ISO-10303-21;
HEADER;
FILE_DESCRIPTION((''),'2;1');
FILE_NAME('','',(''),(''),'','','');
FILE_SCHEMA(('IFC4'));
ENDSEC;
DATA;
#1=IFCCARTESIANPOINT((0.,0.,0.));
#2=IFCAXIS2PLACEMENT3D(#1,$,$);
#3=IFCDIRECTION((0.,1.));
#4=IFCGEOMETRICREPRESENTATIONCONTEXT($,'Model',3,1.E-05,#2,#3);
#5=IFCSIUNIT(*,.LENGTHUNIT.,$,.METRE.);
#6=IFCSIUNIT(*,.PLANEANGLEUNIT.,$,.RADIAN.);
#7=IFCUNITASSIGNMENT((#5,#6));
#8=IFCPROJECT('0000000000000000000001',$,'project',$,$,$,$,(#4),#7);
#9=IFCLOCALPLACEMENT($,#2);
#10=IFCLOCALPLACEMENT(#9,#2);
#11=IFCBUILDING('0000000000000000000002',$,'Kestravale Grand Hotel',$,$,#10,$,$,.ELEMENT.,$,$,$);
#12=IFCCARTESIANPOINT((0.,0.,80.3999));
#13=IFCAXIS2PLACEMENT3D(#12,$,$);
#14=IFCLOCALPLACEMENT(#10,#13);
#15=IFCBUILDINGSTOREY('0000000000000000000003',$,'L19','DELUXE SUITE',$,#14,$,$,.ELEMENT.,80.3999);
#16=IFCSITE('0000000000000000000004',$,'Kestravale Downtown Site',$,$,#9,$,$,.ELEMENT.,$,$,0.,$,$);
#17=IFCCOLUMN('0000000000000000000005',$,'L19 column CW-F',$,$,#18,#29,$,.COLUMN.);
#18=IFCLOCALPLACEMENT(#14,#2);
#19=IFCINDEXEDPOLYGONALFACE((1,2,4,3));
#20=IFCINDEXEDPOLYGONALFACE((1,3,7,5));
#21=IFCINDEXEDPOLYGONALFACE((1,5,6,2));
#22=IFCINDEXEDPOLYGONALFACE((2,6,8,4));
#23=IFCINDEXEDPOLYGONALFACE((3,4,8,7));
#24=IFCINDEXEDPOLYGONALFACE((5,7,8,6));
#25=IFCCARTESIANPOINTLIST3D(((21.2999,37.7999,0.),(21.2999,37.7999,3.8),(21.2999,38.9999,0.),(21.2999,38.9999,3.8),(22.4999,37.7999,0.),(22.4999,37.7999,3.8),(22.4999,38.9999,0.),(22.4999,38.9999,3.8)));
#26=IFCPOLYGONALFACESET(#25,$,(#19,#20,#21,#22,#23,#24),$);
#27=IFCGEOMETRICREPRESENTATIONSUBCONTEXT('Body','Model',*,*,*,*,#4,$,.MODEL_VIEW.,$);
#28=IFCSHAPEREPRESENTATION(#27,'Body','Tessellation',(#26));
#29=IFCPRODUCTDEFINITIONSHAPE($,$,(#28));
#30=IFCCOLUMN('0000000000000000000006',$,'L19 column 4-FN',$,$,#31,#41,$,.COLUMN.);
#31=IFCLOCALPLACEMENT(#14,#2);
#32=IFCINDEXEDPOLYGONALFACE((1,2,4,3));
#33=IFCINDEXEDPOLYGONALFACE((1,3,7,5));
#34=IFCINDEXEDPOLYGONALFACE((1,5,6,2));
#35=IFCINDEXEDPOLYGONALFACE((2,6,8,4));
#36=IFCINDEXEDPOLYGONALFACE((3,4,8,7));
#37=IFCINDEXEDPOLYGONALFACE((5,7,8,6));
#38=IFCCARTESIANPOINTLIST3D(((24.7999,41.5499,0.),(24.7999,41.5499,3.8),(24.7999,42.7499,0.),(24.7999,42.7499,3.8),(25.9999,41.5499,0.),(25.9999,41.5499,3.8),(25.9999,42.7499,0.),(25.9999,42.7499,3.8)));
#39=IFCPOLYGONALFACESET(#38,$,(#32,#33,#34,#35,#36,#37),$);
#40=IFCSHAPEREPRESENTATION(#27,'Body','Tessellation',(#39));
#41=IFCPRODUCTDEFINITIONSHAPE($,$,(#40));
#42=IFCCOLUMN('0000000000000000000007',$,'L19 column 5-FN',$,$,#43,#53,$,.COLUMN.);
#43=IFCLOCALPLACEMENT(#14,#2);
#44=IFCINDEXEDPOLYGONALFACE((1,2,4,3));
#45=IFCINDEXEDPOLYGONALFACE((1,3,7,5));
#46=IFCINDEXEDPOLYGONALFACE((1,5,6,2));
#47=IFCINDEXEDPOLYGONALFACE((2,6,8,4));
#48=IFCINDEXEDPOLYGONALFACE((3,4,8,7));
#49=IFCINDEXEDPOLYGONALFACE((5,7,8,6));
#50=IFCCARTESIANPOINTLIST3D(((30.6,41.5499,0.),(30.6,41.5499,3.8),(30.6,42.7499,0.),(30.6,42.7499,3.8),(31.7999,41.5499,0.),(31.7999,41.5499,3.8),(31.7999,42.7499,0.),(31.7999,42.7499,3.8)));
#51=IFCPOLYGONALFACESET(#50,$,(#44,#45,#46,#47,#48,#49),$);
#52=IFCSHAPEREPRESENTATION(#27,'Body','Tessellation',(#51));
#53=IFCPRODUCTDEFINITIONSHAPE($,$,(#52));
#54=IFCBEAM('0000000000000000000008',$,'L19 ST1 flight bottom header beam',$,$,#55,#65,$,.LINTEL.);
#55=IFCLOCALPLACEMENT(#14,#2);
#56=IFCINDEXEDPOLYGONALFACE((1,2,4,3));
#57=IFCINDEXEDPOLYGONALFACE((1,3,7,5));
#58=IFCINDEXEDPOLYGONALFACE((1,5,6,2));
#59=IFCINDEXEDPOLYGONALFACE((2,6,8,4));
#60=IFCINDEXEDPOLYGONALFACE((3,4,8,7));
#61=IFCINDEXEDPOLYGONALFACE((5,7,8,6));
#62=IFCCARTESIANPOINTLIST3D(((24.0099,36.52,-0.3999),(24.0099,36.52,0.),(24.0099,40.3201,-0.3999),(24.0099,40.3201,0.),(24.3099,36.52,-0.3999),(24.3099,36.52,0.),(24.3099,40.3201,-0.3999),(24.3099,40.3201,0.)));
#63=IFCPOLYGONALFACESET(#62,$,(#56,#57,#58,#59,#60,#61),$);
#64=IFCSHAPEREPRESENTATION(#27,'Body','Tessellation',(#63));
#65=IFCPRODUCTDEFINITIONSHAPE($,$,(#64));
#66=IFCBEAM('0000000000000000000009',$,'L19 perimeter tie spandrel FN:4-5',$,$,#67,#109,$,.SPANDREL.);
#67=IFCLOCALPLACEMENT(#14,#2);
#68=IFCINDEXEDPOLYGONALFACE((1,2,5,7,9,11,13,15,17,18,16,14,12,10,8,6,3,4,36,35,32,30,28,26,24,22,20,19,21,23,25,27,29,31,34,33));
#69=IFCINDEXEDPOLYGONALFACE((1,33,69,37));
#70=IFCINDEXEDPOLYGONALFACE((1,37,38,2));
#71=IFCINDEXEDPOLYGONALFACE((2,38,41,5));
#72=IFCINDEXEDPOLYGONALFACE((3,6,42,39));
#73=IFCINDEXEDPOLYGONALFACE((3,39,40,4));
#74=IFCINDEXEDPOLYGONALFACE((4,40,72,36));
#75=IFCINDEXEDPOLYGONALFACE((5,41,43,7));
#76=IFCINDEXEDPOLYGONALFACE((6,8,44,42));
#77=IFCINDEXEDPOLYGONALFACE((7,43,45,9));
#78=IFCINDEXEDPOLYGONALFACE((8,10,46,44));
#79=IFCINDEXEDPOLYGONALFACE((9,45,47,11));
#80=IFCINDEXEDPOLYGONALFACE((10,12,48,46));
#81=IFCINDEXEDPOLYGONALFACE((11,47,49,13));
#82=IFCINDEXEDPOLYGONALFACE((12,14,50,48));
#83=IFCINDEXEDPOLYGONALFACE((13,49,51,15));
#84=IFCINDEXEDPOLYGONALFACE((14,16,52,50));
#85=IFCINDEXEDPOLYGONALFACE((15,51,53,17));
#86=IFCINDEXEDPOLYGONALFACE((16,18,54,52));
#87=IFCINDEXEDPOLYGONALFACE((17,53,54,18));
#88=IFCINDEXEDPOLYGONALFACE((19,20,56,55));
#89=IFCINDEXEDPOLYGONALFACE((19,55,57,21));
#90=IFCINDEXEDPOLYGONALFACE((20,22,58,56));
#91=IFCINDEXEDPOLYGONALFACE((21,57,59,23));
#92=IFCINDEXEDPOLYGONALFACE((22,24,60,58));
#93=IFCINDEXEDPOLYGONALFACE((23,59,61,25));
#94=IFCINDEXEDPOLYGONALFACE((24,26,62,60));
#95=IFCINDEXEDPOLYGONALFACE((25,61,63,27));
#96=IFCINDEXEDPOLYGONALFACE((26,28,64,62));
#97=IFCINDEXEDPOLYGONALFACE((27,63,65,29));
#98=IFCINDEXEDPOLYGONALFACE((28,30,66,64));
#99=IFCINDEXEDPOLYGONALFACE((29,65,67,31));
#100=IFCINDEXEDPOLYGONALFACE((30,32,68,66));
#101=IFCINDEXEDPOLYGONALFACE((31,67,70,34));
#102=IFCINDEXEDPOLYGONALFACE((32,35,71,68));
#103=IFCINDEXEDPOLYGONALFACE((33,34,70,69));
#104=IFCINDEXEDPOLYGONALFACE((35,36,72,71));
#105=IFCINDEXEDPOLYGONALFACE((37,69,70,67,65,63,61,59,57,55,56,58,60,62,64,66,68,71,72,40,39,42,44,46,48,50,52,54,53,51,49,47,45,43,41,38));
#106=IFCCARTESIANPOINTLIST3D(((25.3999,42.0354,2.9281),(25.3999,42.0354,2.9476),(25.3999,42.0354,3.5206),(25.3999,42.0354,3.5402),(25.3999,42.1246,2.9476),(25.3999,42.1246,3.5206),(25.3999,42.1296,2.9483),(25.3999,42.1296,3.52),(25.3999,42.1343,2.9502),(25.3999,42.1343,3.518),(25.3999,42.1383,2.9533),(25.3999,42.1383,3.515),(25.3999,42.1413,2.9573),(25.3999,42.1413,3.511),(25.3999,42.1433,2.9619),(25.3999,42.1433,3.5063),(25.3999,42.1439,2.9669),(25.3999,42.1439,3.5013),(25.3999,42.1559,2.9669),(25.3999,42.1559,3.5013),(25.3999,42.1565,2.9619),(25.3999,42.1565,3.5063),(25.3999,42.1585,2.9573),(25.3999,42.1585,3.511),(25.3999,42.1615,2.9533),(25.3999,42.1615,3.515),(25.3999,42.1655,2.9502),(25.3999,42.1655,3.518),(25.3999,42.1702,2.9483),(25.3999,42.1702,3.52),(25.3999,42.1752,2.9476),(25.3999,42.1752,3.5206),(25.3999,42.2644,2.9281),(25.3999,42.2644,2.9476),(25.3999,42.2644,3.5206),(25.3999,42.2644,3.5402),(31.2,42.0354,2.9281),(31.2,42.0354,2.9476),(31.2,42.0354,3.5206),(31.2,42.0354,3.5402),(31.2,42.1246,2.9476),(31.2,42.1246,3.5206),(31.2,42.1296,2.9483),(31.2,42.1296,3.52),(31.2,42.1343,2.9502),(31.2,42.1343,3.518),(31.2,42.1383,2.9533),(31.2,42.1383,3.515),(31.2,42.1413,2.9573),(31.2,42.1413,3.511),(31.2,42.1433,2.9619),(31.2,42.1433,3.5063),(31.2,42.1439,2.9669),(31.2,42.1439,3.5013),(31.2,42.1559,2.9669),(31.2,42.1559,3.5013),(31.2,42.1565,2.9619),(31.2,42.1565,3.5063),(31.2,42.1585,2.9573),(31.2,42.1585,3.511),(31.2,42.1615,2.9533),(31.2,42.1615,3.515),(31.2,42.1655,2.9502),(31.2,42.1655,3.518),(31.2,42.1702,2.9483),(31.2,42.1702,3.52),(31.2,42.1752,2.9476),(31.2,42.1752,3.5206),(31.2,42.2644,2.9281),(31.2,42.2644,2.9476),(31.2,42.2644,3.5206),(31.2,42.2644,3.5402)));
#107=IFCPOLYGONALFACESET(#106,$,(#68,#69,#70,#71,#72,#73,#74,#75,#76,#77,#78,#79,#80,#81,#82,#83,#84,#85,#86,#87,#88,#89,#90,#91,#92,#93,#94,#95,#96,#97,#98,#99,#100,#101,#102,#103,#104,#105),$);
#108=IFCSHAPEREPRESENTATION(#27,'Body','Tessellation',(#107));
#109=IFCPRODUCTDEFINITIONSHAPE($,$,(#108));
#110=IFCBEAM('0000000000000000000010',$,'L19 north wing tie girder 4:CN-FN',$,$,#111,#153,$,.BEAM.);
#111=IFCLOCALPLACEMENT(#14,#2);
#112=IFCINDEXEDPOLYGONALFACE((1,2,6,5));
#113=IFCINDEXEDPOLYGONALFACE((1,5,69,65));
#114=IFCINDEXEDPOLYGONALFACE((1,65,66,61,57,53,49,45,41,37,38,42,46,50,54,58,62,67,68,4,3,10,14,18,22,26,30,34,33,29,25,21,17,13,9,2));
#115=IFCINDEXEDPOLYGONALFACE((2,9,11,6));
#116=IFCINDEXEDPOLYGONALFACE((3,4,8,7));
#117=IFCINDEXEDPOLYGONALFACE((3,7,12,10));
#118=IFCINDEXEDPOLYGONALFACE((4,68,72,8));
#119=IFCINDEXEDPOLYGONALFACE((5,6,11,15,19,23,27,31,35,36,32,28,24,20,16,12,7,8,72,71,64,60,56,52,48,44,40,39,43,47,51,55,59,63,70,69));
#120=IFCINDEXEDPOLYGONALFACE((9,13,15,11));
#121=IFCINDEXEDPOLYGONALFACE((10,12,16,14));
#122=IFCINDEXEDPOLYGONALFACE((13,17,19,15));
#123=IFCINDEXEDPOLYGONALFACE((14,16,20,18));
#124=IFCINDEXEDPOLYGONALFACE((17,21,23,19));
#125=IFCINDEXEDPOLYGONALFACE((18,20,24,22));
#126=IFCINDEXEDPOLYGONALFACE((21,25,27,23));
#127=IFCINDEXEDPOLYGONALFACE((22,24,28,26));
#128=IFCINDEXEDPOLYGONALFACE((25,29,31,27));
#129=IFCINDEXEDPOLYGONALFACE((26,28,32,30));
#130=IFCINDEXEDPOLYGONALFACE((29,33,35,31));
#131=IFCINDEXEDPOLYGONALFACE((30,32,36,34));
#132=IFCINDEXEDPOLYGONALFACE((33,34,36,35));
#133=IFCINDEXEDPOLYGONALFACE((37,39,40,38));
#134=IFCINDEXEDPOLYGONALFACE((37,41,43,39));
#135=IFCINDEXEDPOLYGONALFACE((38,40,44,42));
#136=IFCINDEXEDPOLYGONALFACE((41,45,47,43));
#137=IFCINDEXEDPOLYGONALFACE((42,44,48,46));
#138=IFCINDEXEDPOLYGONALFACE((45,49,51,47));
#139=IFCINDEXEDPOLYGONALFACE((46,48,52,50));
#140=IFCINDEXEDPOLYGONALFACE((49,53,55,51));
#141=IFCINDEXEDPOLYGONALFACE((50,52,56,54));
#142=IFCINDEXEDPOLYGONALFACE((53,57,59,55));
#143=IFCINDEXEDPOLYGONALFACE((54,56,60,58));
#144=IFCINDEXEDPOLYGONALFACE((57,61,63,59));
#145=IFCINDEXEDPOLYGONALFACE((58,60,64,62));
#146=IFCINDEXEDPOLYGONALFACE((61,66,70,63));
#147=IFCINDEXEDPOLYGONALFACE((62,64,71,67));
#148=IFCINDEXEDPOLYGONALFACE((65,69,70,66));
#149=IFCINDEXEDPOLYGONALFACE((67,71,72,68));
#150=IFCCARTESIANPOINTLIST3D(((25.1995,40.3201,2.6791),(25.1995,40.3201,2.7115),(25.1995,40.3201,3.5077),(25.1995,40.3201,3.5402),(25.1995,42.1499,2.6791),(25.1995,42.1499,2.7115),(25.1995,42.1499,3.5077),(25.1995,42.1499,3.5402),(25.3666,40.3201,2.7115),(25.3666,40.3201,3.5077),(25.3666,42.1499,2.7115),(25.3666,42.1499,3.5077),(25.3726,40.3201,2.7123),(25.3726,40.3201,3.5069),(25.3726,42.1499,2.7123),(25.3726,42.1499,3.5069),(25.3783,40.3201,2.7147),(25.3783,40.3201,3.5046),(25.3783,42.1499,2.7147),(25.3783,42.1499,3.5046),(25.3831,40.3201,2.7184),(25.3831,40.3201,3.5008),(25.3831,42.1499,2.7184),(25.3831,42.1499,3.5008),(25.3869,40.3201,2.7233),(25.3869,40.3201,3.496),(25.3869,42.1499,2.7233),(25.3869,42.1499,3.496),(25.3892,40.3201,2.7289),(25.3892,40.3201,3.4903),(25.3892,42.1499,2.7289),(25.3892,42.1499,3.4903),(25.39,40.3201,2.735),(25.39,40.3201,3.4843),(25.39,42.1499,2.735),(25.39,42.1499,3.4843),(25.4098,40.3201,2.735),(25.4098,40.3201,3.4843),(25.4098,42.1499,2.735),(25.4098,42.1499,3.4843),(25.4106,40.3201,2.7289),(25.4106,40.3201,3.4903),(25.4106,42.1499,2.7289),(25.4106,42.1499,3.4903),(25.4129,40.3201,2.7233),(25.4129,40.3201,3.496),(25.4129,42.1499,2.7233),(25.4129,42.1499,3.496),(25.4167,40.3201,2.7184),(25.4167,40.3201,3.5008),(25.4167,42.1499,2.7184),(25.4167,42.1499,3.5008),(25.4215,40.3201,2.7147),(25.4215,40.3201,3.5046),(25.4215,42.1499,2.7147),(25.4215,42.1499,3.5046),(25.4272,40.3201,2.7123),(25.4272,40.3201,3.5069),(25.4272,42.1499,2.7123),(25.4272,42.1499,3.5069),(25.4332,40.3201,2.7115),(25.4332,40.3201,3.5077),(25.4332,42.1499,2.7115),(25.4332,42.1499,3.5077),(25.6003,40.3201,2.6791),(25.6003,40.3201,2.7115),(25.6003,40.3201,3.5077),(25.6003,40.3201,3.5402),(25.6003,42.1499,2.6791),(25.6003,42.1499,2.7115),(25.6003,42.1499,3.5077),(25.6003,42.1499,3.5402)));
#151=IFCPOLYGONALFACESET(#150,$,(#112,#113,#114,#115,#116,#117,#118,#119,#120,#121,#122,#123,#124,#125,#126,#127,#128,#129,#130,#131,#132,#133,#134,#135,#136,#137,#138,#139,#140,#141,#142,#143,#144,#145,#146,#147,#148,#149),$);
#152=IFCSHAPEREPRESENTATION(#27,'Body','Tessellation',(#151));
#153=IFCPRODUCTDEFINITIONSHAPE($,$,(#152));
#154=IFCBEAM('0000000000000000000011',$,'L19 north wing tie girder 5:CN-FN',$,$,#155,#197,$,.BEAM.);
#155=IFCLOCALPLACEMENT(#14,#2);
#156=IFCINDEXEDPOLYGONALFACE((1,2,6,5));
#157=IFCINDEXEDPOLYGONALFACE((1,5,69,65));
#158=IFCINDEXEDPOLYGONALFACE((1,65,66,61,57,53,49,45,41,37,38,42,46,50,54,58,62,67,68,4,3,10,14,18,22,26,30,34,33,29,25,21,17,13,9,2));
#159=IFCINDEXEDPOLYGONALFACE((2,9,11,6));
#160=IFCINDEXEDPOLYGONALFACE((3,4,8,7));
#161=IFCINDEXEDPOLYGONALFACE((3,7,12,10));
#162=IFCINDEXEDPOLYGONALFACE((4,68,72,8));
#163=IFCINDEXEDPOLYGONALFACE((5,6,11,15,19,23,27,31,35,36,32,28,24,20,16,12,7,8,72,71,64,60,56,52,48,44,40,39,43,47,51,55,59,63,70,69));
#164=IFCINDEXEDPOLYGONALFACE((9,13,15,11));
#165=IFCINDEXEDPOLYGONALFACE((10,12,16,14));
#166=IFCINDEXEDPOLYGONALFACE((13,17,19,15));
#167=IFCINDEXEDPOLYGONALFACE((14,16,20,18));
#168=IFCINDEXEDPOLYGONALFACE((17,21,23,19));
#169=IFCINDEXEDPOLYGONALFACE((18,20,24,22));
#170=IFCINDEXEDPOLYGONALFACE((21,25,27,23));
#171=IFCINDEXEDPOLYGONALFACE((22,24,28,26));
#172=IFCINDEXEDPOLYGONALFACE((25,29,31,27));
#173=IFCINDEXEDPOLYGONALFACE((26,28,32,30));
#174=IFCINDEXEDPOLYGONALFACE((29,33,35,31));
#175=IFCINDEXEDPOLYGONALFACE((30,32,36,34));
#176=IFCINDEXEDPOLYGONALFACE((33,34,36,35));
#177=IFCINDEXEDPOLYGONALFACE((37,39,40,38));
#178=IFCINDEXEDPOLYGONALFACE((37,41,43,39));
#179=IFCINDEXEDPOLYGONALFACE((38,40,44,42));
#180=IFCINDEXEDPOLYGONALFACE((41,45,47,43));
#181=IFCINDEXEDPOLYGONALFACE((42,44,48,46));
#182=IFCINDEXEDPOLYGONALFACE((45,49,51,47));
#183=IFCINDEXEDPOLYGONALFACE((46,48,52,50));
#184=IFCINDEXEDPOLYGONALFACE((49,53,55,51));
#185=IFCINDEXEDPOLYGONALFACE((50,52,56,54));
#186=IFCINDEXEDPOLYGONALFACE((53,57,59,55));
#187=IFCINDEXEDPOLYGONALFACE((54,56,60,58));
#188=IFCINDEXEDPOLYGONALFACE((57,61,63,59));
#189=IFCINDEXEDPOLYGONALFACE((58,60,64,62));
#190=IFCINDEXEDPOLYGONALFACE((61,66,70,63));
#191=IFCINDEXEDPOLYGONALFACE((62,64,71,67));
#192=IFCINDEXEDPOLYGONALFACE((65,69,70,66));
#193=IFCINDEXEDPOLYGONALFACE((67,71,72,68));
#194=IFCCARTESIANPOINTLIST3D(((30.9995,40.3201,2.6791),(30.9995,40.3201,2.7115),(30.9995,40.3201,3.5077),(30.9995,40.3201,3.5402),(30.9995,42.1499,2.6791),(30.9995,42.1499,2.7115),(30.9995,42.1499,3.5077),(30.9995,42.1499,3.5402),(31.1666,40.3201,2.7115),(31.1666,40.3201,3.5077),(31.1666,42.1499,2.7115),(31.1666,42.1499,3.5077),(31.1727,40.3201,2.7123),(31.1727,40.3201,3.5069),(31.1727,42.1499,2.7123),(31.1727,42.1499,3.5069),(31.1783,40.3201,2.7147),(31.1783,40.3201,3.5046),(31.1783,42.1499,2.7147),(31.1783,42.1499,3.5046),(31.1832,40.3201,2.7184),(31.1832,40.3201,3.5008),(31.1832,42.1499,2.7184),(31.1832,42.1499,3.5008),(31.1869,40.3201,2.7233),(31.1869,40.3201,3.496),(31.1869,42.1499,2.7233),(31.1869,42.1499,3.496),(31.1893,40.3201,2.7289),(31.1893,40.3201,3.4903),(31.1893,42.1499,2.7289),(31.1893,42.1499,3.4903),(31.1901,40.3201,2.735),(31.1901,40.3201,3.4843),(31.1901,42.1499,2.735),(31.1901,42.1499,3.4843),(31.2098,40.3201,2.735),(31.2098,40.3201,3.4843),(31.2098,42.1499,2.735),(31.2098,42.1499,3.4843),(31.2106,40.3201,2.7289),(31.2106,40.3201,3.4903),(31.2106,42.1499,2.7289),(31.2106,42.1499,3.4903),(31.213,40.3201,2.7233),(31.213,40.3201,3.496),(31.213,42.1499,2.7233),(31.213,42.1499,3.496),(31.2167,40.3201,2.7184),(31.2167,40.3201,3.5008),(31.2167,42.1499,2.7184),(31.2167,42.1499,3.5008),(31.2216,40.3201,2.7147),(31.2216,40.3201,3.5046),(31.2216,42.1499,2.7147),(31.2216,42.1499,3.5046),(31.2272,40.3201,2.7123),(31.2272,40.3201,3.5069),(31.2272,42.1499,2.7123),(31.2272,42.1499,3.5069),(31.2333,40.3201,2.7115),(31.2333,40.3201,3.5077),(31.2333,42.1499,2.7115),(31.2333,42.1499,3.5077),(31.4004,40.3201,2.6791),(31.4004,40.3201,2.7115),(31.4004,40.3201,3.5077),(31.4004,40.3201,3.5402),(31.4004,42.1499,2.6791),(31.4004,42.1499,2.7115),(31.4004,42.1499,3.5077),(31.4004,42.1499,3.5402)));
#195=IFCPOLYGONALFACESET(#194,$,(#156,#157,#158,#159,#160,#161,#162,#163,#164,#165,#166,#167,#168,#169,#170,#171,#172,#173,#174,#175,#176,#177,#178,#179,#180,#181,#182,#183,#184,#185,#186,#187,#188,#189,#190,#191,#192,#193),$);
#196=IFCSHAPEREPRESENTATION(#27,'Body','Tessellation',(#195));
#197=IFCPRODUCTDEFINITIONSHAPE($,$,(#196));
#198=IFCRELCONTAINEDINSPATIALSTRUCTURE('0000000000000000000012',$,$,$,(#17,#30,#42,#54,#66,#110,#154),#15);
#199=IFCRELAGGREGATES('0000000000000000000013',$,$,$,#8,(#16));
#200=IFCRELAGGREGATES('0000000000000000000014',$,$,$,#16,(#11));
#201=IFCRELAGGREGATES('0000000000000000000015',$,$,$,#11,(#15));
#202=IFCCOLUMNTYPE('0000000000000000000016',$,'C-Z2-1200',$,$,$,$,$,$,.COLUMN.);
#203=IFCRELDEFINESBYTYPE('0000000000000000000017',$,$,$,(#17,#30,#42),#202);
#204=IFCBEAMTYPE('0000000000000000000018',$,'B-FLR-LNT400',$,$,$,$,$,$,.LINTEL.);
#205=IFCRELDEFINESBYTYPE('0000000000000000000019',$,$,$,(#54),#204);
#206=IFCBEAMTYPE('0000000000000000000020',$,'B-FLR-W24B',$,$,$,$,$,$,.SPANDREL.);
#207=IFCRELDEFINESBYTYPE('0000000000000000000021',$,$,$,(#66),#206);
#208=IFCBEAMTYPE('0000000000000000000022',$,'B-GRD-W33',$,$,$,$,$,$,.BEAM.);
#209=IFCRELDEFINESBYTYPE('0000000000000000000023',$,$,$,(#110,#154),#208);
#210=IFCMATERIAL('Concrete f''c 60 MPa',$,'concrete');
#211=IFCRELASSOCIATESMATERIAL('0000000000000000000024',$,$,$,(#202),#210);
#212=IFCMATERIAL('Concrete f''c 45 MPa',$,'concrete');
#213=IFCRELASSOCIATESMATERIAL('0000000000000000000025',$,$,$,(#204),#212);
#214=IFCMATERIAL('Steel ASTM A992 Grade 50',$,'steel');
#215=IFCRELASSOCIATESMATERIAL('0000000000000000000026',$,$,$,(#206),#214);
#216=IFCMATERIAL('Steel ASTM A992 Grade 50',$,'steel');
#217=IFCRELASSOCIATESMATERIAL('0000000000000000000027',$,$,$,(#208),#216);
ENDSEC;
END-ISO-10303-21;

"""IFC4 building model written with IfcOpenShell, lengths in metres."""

from ifc_helpers import new_model, si_unit, direction, frame, origin, origin_2d, place, context, subcontext, project, spatial, rectangle, i_section, extrude, material, material_profile, profile_set, type_object, element, save


model = new_model("IFC4")

# Units and contexts
model_context = context("Model", 3, precision=1e-05, world=origin(), true_north=direction((0.0, 1.0)))
body_context = subcontext(model_context, "Body", "Model", "MODEL_VIEW")
ifc_project = project(units=[si_unit("LENGTHUNIT", "METRE"), si_unit("PLANEANGLEUNIT", "RADIAN")], contexts=[model_context])

# Site, building, storey
site_placement = place(None, origin())
site = spatial("IfcSite", under=ifc_project, at=site_placement, Name="Kestravale Downtown Site", CompositionType="ELEMENT", RefElevation=0.0)
building_placement = place(site_placement, origin())
building = spatial("IfcBuilding", under=site, at=building_placement, Name="Kestravale Grand Hotel", CompositionType="ELEMENT")
storey_placement = place(building_placement, frame((0.0, 0.0, 80.3999)))
storey = spatial("IfcBuildingStorey", under=building, at=storey_placement, Name="L19", Description="DELUXE SUITE", CompositionType="ELEMENT", Elevation=80.3999)

# Columns
ifc_material_1 = material(Name="Concrete f'c 60 MPa", Category="concrete")
ifc_material_profile_1 = material_profile(ifc_material_1, rectangle(XDim=1.2, YDim=1.2, at=origin_2d()))
ifc_profile_set_1 = profile_set([ifc_material_profile_1], Name="Concrete f'c 60 MPa")
column_type = type_object("IfcColumnType", Name="C-Z2-1200", PredefinedType="COLUMN", material=ifc_profile_set_1)
for number, where, z_axis, x_axis, name in (
    (1, (21.8999, 38.3999, 0.0), (0.0, 0.0, 1.0), (1.0, 0.0, 0.0), "L19 column CW-F"),
    (2, (25.3999, 42.1499, 0.0), (0.0, 0.0, 1.0), (1.0, 0.0, 0.0), "L19 column 4-FN"),
    (3, (31.2, 42.1499, 0.0), (0.0, 0.0, 1.0), (1.0, 0.0, 0.0), "L19 column 5-FN"),
):
    element("IfcColumn", number, at=place(storey_placement, frame(where, z_axis=z_axis, x_axis=x_axis)), inside=storey, type_object=column_type, Name=name, PredefinedType="COLUMN", context=body_context, shape_type="SweptSolid", body=[
        extrude(rectangle(XDim=1.2, YDim=1.2, at=origin_2d()), origin(), (0.0, 0.0, 1.0), 3.8),
    ])

# Beams
ifc_material_2 = material(Name="Concrete f'c 45 MPa", Category="concrete")
ifc_material_profile_2 = material_profile(ifc_material_2, rectangle(XDim=0.3, YDim=0.3999, at=origin_2d()))
ifc_profile_set_2 = profile_set([ifc_material_profile_2], Name="Concrete f'c 45 MPa")
beam_type_1 = type_object("IfcBeamType", Name="B-FLR-LNT400", PredefinedType="LINTEL", material=ifc_profile_set_2)
beam_1_placement = place(storey_placement, frame((24.1599, 36.52, -0.2), z_axis=(0.0, 1.0, 0.0), x_axis=(-1.0, 0.0, 0.0)))
element("IfcBeam", 4, at=beam_1_placement, inside=storey, type_object=beam_type_1, Name="L19 ST1 flight bottom header beam", PredefinedType="LINTEL", context=body_context, shape_type="SweptSolid", body=[
    extrude(rectangle(XDim=0.3, YDim=0.3999, at=origin_2d()), origin(), (0.0, 0.0, 1.0), 3.8),
])
ifc_material_3 = material(Name="Steel ASTM A992 Grade 50", Category="steel")
ifc_material_profile_3 = material_profile(ifc_material_3, i_section(OverallWidth=0.229, OverallDepth=0.6121, WebThickness=0.012, FlangeThickness=0.0195, FilletRadius=0.0193, at=origin_2d()))
ifc_profile_set_3 = profile_set([ifc_material_profile_3], Name="Steel ASTM A992 Grade 50")
beam_type_2 = type_object("IfcBeamType", Name="B-FLR-W24B", PredefinedType="SPANDREL", material=ifc_profile_set_3)
beam_2_placement = place(storey_placement, frame((25.3999, 42.1499, 3.2341), z_axis=(1.0, 0.0, 0.0), x_axis=(0.0, 1.0, 0.0)))
element("IfcBeam", 5, at=beam_2_placement, inside=storey, type_object=beam_type_2, Name="L19 perimeter tie spandrel FN:4-5", PredefinedType="SPANDREL", context=body_context, shape_type="SweptSolid", body=[
    extrude(i_section(OverallWidth=0.229, OverallDepth=0.6121, WebThickness=0.012, FlangeThickness=0.0195, FilletRadius=0.0193, at=origin_2d()), origin(), (0.0, 0.0, 1.0), 5.8),
])
ifc_material_4 = material(Name="Steel ASTM A992 Grade 50", Category="steel")
ifc_material_profile_4 = material_profile(ifc_material_4, i_section(OverallWidth=0.4009, OverallDepth=0.8611, WebThickness=0.0198, FlangeThickness=0.0325, FilletRadius=0.0234, at=origin_2d()))
ifc_profile_set_4 = profile_set([ifc_material_profile_4], Name="Steel ASTM A992 Grade 50")
beam_type_3 = type_object("IfcBeamType", Name="B-GRD-W33", PredefinedType="BEAM", material=ifc_profile_set_4)
for number, where, z_axis, x_axis, name in (
    (6, (25.3999, 40.3201, 3.1096), (0.0, 1.0, 0.0), (-1.0, 0.0, 0.0), "L19 north wing tie girder 4:CN-FN"),
    (7, (31.2, 40.3201, 3.1096), (0.0, 1.0, 0.0), (-1.0, 0.0, 0.0), "L19 north wing tie girder 5:CN-FN"),
):
    element("IfcBeam", number, at=place(storey_placement, frame(where, z_axis=z_axis, x_axis=x_axis)), inside=storey, type_object=beam_type_3, Name=name, PredefinedType="BEAM", context=body_context, shape_type="SweptSolid", body=[
        extrude(i_section(OverallWidth=0.4009, OverallDepth=0.8611, WebThickness=0.0198, FlangeThickness=0.0325, FilletRadius=0.0234, at=origin_2d()), origin(), (0.0, 0.0, 1.0), 1.8298),
    ])

save(model, "model.ifc")
